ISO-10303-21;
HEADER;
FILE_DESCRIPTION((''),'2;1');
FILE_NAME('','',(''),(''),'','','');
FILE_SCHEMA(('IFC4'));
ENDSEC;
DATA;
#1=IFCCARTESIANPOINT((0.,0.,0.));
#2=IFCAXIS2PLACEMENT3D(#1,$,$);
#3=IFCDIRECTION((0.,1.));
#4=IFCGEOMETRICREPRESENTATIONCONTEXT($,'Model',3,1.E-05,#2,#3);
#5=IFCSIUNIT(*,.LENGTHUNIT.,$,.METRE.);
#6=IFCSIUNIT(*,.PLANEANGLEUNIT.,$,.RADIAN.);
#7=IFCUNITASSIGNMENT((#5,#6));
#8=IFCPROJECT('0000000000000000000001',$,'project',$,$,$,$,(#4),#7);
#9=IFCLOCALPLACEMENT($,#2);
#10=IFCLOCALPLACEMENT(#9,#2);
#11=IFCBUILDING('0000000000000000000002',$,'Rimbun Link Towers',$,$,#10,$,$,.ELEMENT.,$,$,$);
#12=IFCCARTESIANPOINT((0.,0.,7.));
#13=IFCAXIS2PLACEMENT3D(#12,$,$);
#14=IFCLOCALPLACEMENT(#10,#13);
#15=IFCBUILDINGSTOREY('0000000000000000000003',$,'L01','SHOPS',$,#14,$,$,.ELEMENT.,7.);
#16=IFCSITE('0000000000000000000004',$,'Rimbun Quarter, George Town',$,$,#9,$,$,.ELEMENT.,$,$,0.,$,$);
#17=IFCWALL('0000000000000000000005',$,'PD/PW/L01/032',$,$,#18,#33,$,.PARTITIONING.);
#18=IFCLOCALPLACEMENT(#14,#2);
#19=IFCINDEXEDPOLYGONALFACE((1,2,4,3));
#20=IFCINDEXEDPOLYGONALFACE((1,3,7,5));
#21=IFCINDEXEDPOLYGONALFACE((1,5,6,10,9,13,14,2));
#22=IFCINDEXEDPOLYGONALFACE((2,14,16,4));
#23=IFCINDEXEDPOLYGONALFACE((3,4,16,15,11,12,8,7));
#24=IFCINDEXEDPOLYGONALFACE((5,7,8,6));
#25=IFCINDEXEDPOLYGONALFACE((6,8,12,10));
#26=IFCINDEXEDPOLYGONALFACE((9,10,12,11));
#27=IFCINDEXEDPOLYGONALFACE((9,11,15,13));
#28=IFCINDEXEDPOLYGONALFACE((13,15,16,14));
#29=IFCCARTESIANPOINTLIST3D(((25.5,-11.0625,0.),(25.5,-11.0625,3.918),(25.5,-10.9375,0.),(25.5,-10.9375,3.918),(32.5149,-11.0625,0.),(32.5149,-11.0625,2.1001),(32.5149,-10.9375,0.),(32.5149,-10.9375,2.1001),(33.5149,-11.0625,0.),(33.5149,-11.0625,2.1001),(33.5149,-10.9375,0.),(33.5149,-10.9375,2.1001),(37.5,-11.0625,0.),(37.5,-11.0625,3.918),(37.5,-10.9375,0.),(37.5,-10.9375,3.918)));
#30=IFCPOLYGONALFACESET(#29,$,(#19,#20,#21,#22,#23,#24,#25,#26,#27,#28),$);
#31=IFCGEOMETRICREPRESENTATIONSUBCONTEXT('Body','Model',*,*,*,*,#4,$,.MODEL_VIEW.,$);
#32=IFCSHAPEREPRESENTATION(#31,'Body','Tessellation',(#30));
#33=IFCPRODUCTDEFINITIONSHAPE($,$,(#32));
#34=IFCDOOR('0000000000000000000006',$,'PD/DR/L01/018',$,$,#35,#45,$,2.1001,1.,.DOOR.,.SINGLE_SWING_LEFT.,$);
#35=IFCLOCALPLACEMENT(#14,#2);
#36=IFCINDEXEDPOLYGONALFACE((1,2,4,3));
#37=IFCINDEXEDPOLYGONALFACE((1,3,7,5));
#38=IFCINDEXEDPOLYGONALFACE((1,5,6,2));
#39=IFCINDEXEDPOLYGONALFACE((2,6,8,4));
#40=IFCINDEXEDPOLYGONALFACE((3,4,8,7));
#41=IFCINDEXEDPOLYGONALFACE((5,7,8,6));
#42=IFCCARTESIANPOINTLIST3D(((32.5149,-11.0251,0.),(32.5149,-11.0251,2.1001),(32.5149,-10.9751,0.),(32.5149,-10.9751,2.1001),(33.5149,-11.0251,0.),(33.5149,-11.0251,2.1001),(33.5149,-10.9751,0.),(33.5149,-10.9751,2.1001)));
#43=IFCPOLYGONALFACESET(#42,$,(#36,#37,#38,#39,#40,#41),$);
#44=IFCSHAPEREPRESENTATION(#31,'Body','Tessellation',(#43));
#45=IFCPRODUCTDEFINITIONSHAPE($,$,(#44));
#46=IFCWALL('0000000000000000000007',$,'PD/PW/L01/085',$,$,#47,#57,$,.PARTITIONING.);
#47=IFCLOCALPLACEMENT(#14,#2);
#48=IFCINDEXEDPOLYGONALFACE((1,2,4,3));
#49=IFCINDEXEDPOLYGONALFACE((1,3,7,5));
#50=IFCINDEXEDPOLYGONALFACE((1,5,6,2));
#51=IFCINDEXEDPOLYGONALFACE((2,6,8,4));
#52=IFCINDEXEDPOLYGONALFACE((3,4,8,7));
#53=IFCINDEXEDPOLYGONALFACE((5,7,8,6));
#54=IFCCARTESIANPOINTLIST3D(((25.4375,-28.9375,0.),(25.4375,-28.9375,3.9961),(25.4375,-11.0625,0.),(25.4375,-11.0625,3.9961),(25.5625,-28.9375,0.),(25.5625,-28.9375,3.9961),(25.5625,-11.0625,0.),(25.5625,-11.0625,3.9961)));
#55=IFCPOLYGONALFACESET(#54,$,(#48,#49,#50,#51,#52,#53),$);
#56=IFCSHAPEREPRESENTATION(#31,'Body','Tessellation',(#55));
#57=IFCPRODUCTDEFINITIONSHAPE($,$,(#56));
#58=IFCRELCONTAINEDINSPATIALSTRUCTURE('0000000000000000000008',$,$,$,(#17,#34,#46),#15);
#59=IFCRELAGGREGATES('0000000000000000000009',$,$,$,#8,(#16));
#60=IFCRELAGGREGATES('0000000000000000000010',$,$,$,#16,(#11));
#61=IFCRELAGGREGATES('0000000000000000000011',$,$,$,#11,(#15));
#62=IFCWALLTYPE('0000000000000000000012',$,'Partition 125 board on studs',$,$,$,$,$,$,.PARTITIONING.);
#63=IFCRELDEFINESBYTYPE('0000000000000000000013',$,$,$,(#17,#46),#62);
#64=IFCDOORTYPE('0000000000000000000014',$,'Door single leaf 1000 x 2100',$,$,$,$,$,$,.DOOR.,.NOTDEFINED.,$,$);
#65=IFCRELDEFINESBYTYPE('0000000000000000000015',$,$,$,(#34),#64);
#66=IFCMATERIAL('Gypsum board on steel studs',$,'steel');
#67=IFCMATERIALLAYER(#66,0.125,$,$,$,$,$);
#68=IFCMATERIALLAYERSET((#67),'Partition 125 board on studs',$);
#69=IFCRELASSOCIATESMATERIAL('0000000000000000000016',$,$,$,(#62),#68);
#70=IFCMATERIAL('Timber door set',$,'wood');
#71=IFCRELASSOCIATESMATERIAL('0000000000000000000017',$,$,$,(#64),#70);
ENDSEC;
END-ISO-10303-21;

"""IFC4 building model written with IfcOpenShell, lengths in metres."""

from ifc_helpers import new_model, si_unit, direction, frame, frame_2d, origin, place, context, subcontext, project, spatial, rectangle, extrude, material, layer, layer_set, type_object, element, fill, save


model = new_model("IFC4")

# Units and contexts
model_context = context("Model", 3, precision=1e-05, world=origin(), true_north=direction((0.0, 1.0)))
body_context = subcontext(model_context, "Body", "Model", "MODEL_VIEW")
ifc_project = project(units=[si_unit("LENGTHUNIT", "METRE"), si_unit("PLANEANGLEUNIT", "RADIAN")], contexts=[model_context])

# Site, building, storey
site_placement = place(None, origin())
site = spatial("IfcSite", under=ifc_project, at=site_placement, Name="Rimbun Quarter, George Town", CompositionType="ELEMENT", RefElevation=0.0)
building_placement = place(site_placement, origin())
building = spatial("IfcBuilding", under=site, at=building_placement, Name="Rimbun Link Towers", CompositionType="ELEMENT")
storey_placement = place(building_placement, frame((0.0, 0.0, 7.0)))
storey = spatial("IfcBuildingStorey", under=building, at=storey_placement, Name="L01", Description="SHOPS", CompositionType="ELEMENT", Elevation=7.0)

# Wall, opening, door
ifc_material_1 = material(Name="Gypsum board on steel studs", Category="steel")
ifc_layer_1 = layer(ifc_material_1, 0.125)
ifc_layer_set_1 = layer_set([ifc_layer_1], Name="Partition 125 board on studs")
wall_type_1 = type_object("IfcWallType", Name="Partition 125 board on studs", PredefinedType="PARTITIONING", material=ifc_layer_set_1)
wall_1_placement = place(storey_placement, frame((25.5, -11.0, 0.0), z_axis=(0.0, 0.0, 1.0), x_axis=(1.0, 0.0, 0.0)))
wall_1 = element("IfcWall", 1, at=wall_1_placement, inside=storey, type_object=wall_type_1, Name="PD/PW/L01/032", PredefinedType="PARTITIONING", context=body_context, shape_type="SweptSolid", body=[
    extrude(rectangle(XDim=12.0, YDim=0.125, at=frame_2d((6.0, 0.0))), origin(), (0.0, 0.0, 1.0), 3.918),
])
opening_1_placement = place(wall_1_placement, frame((7.0149, 0.0, 0.0)))
opening_1 = element("IfcOpeningElement", 2, at=opening_1_placement, cuts=wall_1, PredefinedType="OPENING", context=body_context, shape_type="SweptSolid", body=[
    extrude(rectangle(XDim=1.0, YDim=2.1001, at=frame_2d((0.5, 1.05))), frame((0.0, 0.0725, 0.0), z_axis=(0.0, -1.0, 0.0), x_axis=(1.0, 0.0, 0.0)), (0.0, 0.0, 1.0), 0.145),
])
ifc_material_2 = material(Name="Timber door set", Category="wood")
door_type_1 = type_object("IfcDoorType", Name="Door single leaf 1000 x 2100", OperationType="NOTDEFINED", PredefinedType="DOOR", material=ifc_material_2)
door_1_placement = place(opening_1_placement, origin())
door_1 = element("IfcDoor", 3, at=door_1_placement, inside=storey, type_object=door_type_1, Name="PD/DR/L01/018", OperationType="SINGLE_SWING_LEFT", OverallHeight=2.1001, OverallWidth=1.0, PredefinedType="DOOR", context=body_context, shape_type="SweptSolid", body=[
    extrude(rectangle(XDim=1.0, YDim=2.1001, at=frame_2d((0.5, 1.05))), frame((0.0, 0.0249, 0.0), z_axis=(0.0, -1.0, 0.0), x_axis=(1.0, 0.0, 0.0)), (0.0, 0.0, 1.0), 0.05),
])
fill(opening_1, door_1)

# Wall
wall_2_placement = place(storey_placement, frame((25.5, -28.9375, 0.0), z_axis=(0.0, 0.0, 1.0), x_axis=(0.0, 1.0, 0.0)))
element("IfcWall", 4, at=wall_2_placement, inside=storey, type_object=wall_type_1, Name="PD/PW/L01/085", PredefinedType="PARTITIONING", context=body_context, shape_type="SweptSolid", body=[
    extrude(rectangle(XDim=17.875, YDim=0.125, at=frame_2d((8.9375, 0.0))), origin(), (0.0, 0.0, 1.0), 3.9961),
])

save(model, "model.ifc")
